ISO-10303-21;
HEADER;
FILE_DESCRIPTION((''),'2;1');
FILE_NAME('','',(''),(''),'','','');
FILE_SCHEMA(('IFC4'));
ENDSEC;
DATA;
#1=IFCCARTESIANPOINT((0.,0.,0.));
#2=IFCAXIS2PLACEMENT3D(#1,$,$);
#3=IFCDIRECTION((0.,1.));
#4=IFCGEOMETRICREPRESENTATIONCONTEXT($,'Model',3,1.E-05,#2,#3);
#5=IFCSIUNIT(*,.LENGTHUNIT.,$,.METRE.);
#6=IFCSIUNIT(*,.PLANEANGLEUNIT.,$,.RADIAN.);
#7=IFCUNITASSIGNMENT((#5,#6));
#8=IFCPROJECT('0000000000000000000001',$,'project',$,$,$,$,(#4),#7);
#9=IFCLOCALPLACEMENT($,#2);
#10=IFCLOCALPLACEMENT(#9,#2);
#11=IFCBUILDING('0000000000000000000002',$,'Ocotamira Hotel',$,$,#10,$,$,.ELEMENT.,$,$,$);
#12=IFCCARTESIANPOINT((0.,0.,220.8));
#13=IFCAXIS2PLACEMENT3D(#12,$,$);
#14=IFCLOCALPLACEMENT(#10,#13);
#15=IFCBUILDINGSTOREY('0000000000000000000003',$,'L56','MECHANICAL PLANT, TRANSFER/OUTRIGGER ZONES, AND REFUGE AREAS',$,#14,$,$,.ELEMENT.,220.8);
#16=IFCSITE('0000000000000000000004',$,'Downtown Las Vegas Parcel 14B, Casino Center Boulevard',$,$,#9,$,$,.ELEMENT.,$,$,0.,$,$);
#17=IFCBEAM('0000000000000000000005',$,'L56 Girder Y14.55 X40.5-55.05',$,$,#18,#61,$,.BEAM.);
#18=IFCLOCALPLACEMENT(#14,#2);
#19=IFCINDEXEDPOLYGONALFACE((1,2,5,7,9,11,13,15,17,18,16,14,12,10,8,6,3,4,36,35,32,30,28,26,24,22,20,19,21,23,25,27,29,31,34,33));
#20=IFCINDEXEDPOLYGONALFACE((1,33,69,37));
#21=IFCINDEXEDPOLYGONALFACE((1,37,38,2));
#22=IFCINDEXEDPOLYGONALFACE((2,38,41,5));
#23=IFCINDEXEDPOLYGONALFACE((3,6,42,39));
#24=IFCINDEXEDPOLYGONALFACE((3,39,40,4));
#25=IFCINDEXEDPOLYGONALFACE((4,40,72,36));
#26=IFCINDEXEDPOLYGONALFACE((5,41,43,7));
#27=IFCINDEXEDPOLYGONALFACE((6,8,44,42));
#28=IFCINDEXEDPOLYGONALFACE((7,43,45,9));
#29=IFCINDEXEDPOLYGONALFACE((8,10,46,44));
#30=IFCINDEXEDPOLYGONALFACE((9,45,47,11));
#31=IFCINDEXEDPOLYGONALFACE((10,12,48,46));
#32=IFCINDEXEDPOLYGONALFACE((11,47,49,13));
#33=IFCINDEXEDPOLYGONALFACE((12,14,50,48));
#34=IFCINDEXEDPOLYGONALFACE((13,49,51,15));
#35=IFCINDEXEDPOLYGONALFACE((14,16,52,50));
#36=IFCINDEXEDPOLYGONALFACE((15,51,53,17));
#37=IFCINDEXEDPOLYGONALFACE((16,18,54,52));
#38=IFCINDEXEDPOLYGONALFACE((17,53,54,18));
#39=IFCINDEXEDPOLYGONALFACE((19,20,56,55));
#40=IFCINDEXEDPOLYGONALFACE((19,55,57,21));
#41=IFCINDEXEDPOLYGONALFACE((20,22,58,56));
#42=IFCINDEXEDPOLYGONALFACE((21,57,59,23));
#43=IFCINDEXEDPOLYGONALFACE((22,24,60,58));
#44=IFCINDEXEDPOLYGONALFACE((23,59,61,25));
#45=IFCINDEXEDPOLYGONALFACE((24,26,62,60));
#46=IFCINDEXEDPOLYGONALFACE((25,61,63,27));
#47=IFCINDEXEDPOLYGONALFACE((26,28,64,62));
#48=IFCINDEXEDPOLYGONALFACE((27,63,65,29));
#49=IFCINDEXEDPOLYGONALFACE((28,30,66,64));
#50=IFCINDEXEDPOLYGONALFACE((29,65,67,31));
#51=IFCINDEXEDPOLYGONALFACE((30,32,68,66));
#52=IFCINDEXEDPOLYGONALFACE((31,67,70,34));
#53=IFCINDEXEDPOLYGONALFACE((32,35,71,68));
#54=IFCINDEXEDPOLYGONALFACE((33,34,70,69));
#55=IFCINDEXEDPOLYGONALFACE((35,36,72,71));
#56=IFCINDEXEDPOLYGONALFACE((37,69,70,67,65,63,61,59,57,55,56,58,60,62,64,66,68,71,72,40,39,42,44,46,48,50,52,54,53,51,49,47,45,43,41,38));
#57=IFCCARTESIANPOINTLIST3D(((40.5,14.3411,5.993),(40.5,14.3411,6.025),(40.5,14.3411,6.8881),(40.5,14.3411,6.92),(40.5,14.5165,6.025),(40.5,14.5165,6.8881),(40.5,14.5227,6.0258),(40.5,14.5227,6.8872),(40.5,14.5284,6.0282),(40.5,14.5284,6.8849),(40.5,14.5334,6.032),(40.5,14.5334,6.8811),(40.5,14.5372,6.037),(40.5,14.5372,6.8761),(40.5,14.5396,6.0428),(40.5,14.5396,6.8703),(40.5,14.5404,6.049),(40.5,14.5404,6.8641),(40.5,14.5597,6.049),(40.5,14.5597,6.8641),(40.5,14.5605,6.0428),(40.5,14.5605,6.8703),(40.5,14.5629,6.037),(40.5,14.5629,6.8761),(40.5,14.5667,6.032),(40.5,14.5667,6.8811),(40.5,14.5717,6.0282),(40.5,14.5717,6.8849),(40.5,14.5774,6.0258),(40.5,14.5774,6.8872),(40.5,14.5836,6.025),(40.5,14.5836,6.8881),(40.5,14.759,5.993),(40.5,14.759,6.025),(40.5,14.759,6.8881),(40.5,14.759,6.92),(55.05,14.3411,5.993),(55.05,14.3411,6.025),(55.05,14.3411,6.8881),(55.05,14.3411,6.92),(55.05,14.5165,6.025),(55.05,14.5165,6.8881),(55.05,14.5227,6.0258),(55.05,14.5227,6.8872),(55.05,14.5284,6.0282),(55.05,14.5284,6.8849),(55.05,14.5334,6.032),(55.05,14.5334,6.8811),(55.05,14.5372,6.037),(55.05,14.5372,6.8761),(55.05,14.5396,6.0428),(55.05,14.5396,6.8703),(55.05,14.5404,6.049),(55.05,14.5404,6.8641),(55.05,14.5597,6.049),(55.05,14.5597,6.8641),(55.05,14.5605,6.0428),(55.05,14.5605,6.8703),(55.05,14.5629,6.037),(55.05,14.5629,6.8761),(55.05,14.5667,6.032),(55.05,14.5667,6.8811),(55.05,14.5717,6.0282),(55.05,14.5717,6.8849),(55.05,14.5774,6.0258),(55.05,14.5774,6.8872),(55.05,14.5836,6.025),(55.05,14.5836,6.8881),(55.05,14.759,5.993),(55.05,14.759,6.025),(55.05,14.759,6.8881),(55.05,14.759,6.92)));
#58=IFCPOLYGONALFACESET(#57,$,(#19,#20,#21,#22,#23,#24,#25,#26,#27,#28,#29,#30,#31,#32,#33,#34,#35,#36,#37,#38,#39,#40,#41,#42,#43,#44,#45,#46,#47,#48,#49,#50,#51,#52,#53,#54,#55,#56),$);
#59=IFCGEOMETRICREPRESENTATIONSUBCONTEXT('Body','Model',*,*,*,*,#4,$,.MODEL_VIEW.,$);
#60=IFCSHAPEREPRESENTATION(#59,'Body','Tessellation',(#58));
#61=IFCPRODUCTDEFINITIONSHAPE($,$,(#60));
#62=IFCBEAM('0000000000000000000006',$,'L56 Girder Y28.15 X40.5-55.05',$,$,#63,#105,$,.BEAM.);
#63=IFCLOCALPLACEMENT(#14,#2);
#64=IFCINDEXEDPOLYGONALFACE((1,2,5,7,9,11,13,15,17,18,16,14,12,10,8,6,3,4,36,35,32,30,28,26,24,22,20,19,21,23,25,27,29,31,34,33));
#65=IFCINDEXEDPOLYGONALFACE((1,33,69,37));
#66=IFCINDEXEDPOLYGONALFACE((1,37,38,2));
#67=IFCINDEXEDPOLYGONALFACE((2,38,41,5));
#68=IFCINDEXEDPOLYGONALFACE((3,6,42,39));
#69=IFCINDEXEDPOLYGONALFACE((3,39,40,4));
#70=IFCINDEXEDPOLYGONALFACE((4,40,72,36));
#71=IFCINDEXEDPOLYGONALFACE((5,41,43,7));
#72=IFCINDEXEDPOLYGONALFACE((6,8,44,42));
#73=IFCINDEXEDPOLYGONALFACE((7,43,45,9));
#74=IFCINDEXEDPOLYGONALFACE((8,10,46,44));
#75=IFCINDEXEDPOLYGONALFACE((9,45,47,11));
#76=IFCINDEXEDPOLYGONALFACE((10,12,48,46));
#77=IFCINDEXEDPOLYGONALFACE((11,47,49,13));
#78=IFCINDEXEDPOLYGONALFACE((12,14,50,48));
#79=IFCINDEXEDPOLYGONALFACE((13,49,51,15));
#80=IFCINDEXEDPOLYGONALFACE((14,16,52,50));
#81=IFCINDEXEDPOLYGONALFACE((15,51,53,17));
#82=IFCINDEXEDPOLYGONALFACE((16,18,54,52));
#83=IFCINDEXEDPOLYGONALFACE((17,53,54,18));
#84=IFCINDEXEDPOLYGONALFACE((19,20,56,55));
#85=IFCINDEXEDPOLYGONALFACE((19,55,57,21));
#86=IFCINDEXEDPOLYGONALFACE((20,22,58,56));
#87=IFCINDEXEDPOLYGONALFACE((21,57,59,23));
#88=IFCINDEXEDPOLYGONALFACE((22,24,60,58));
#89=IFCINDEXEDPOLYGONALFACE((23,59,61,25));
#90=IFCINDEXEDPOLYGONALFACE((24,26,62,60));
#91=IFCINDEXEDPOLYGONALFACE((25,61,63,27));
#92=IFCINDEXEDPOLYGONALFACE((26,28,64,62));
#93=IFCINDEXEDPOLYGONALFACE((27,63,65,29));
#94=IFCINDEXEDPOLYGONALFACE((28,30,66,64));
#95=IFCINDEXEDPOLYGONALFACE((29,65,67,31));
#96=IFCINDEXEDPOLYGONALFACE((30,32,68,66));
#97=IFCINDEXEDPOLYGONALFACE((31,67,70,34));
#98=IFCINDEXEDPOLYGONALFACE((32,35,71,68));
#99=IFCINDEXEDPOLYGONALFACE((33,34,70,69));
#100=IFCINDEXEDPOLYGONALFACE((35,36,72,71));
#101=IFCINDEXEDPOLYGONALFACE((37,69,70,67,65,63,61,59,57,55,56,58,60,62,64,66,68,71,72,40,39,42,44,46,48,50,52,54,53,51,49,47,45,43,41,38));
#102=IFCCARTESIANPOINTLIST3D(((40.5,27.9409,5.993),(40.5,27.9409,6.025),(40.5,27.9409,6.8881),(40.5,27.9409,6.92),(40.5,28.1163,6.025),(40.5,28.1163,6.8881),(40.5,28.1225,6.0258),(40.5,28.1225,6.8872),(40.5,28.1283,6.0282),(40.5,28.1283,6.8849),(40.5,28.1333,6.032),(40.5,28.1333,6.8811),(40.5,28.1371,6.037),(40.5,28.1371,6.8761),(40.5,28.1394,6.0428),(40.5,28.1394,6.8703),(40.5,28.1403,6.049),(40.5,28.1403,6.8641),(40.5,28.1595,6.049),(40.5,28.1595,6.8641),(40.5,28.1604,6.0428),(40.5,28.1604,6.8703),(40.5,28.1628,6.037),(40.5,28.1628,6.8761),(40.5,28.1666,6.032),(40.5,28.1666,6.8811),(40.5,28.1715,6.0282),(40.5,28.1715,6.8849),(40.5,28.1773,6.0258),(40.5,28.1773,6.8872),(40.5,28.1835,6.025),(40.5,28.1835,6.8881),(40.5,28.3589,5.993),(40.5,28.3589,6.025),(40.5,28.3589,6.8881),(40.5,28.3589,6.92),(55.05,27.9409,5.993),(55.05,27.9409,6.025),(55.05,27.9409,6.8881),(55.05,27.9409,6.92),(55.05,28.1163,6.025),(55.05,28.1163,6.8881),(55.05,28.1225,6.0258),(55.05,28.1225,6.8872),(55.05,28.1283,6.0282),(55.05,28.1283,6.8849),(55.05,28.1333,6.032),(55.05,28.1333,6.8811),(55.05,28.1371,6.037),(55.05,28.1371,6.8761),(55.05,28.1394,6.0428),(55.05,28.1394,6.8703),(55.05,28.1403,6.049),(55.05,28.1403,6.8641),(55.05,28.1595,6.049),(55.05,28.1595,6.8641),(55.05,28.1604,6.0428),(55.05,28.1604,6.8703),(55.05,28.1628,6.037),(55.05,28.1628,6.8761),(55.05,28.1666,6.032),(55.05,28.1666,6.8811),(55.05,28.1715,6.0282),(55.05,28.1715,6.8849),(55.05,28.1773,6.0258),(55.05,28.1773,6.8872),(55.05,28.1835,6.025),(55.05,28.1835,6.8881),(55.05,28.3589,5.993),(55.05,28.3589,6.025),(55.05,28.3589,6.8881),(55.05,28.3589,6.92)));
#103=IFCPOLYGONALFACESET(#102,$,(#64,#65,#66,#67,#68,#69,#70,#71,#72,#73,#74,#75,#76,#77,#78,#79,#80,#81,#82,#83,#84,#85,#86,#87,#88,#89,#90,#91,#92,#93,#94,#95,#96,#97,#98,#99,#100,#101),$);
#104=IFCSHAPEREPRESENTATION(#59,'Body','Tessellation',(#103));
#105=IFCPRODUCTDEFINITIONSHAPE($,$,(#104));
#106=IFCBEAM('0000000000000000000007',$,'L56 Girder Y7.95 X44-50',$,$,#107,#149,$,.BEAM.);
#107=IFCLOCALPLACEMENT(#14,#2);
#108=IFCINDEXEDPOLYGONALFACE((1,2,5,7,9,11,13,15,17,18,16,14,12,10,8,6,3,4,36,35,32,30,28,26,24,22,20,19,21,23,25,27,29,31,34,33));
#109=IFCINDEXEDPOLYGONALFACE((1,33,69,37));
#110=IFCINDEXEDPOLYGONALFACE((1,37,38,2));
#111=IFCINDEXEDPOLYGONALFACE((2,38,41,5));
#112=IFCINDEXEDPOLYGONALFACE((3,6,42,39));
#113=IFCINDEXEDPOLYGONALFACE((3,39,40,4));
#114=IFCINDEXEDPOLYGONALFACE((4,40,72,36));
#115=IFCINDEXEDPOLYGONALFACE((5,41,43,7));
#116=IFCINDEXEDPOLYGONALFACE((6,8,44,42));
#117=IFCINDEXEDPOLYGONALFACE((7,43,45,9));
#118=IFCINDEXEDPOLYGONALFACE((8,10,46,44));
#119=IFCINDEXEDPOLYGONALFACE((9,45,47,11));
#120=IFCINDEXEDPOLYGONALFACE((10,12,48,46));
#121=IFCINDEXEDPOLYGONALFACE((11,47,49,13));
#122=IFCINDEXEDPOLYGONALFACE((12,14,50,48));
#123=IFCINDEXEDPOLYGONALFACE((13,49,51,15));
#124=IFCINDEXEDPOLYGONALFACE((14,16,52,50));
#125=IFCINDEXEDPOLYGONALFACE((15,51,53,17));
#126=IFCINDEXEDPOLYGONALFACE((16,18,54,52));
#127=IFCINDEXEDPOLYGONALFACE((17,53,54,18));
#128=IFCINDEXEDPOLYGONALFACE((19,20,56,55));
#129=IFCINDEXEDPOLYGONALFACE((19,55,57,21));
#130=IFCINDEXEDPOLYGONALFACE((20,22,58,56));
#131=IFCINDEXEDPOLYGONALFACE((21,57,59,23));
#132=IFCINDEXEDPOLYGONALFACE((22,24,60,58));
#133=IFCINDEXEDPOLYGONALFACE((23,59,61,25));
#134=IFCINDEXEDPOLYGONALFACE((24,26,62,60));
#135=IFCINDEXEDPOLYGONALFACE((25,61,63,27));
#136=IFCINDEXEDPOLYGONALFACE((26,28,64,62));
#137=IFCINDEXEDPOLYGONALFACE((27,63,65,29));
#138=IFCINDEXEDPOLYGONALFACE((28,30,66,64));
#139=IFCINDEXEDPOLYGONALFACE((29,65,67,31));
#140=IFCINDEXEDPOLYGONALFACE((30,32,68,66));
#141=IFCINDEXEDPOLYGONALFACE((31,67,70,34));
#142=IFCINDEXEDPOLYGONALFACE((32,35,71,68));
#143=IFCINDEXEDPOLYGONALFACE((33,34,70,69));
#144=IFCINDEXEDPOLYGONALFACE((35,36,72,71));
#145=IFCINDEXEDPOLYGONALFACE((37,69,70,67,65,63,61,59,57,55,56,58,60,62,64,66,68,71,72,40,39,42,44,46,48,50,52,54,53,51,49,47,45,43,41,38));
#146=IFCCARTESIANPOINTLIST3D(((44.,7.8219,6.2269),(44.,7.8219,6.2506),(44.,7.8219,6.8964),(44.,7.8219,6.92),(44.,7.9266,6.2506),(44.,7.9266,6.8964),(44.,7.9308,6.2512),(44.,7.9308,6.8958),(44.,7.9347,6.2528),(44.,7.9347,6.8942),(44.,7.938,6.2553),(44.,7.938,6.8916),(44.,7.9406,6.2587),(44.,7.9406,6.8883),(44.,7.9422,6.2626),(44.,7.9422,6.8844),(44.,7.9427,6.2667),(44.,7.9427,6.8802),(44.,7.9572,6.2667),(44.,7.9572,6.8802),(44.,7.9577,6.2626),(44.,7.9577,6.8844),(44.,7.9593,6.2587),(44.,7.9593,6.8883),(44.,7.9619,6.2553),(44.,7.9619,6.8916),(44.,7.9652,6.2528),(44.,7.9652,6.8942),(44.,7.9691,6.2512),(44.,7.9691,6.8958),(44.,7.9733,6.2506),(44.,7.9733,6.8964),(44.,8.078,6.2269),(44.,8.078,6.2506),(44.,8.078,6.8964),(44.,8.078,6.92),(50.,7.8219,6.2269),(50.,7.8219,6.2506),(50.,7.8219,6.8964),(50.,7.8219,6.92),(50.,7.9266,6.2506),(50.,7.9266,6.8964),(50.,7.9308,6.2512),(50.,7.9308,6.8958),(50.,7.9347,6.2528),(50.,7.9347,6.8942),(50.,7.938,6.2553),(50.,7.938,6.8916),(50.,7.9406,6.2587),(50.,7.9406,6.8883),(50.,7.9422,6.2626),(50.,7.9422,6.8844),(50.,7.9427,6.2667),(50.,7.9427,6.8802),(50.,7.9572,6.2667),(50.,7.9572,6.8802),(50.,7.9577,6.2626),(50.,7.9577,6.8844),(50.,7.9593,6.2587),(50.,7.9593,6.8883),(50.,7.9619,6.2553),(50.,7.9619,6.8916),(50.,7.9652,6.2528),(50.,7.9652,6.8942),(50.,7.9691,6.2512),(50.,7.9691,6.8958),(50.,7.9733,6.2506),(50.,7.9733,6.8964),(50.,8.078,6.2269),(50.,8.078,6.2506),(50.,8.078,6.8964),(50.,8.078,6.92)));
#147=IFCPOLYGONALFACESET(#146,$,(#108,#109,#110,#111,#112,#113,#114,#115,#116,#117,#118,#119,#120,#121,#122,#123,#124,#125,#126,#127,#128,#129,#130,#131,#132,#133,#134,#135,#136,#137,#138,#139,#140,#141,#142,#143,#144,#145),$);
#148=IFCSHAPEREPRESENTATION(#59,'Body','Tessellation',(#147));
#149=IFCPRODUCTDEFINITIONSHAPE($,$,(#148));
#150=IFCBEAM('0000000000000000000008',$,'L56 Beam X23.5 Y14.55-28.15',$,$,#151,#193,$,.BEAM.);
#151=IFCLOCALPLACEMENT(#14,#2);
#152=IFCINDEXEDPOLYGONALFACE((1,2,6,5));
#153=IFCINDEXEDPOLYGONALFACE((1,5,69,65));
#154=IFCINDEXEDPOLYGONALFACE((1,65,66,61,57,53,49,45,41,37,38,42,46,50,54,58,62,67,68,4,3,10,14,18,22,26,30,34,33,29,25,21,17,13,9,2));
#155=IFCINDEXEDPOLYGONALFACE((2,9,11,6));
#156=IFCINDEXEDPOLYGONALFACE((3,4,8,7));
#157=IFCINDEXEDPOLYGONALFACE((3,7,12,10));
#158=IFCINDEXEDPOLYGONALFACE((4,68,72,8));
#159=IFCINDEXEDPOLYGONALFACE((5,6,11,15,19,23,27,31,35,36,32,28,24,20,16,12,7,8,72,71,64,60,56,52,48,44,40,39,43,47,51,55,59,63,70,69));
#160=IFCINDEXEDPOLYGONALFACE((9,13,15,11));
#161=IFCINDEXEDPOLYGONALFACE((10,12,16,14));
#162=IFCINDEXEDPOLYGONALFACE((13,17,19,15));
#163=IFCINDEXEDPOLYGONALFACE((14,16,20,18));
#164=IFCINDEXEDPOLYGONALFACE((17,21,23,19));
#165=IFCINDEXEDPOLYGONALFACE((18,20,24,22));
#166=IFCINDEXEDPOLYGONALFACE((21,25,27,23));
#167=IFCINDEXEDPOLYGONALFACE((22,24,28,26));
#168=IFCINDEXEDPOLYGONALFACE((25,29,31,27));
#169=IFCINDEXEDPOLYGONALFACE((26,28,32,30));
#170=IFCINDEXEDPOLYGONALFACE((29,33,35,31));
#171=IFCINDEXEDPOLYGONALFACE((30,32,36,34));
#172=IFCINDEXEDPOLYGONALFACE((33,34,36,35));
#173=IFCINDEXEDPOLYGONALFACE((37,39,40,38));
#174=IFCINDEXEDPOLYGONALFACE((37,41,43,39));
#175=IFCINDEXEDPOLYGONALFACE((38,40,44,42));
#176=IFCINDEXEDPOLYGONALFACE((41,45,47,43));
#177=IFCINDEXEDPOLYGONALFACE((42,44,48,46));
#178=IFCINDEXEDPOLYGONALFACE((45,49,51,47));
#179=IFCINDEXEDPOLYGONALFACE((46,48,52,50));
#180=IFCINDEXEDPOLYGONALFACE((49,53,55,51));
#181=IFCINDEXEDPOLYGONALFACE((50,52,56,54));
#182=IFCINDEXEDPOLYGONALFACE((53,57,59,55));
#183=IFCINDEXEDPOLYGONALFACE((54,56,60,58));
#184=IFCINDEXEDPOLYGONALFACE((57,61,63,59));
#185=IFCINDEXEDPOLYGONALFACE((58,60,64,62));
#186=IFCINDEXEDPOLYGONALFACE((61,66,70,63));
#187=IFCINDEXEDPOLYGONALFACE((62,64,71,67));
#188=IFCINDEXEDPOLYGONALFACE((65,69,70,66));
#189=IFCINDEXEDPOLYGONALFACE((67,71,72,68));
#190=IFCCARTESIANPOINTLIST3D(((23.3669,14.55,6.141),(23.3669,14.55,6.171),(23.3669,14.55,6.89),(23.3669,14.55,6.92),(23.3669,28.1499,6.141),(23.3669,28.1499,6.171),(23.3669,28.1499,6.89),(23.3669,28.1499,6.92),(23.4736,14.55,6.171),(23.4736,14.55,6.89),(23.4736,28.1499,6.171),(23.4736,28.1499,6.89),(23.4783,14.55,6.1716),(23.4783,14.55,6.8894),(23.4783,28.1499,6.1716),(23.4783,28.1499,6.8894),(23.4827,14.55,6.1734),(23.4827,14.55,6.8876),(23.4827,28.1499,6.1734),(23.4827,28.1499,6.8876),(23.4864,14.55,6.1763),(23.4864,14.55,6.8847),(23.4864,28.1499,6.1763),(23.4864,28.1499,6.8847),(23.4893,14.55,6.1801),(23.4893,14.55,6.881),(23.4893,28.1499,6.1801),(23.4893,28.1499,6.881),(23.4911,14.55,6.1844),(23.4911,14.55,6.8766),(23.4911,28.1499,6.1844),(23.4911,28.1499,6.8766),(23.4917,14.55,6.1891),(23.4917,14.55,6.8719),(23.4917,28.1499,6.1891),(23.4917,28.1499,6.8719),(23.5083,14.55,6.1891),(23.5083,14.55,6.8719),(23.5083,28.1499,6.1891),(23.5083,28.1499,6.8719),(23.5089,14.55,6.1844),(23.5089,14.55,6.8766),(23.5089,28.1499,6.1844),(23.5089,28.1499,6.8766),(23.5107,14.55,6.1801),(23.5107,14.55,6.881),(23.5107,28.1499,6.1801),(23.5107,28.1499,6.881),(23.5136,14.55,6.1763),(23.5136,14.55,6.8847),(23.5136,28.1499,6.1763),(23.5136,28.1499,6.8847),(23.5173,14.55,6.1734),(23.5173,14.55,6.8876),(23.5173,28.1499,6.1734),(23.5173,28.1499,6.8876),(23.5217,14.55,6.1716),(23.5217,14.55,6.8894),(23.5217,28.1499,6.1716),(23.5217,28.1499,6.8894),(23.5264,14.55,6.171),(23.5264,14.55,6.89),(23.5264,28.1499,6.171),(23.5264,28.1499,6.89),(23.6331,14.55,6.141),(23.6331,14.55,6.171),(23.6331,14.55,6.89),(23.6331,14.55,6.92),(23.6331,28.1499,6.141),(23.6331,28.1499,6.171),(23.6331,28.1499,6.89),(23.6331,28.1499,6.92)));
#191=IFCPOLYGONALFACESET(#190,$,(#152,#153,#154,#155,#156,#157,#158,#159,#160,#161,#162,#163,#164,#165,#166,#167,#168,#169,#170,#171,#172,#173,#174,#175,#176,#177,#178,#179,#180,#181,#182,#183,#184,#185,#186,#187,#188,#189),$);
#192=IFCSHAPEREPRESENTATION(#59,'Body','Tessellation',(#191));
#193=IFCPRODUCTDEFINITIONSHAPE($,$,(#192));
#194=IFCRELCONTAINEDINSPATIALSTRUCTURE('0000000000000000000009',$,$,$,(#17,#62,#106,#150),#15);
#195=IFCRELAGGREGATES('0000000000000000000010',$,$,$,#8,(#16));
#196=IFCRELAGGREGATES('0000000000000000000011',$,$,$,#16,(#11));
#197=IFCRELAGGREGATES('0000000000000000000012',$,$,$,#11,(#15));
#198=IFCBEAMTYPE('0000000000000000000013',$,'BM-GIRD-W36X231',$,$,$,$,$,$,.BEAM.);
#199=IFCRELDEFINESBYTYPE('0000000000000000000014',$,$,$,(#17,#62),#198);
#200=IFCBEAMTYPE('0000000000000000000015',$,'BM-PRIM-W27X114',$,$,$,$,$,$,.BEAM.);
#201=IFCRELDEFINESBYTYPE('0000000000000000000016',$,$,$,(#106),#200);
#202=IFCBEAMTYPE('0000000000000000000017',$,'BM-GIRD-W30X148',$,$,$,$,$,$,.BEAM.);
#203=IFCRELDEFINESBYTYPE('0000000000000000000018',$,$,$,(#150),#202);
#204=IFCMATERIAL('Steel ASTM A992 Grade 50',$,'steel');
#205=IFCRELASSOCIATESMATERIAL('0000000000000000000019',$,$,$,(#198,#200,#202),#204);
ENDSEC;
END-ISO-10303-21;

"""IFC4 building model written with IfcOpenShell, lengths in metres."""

from ifc_helpers import new_model, si_unit, direction, frame, origin, origin_2d, place, context, subcontext, project, spatial, i_section, extrude, source, transform, mapped, material, material_profile, profile_set, type_object, element, save


model = new_model("IFC4")

# Units and contexts
model_context = context("Model", 3, precision=1e-05, world=origin(), true_north=direction((0.0, 1.0)))
body_context = subcontext(model_context, "Body", "Model", "MODEL_VIEW")
ifc_project = project(units=[si_unit("LENGTHUNIT", "METRE"), si_unit("PLANEANGLEUNIT", "RADIAN")], contexts=[model_context])

# Site, building, storey
site_placement = place(None, origin())
site = spatial("IfcSite", under=ifc_project, at=site_placement, Name="Downtown Las Vegas Parcel 14B, Casino Center Boulevard", CompositionType="ELEMENT", RefElevation=0.0)
building_placement = place(site_placement, origin())
building = spatial("IfcBuilding", under=site, at=building_placement, Name="Ocotamira Hotel", CompositionType="ELEMENT")
storey_placement = place(building_placement, frame((0.0, 0.0, 220.8)))
storey = spatial("IfcBuildingStorey", under=building, at=storey_placement, Name="L56", Description="MECHANICAL PLANT, TRANSFER/OUTRIGGER ZONES, AND REFUGE AREAS", CompositionType="ELEMENT", Elevation=220.8)

# Beams
ifc_material_1 = material(Name="Steel ASTM A992 Grade 50", Category="steel")
ifc_material_profile_1 = material_profile(ifc_material_1, i_section(OverallWidth=0.418, OverallDepth=0.927, WebThickness=0.0193, FlangeThickness=0.032, FilletRadius=0.0239, at=origin_2d()), Name="W36X231")
ifc_profile_set_1 = profile_set([ifc_material_profile_1], Name="Steel ASTM A992 Grade 50")
beam_type_1 = type_object("IfcBeamType", Name="BM-GIRD-W36X231", PredefinedType="BEAM", material=ifc_profile_set_1)
shared_shape_1 = source(origin(), body_context, "Body", "SweptSolid", [
    extrude(i_section(OverallWidth=0.418, OverallDepth=0.927, WebThickness=0.0193, FlangeThickness=0.032, FilletRadius=0.0239, at=origin_2d()), origin(), (0.0, 0.0, 1.0), 14.55),
])
for number, where, z_axis, x_axis, name in (
    (1, (40.5, 14.55, 6.4565), (1.0, 0.0, 0.0), (0.0, 1.0, 0.0), "L56 Girder Y14.55 X40.5-55.05"),
    (2, (40.5, 28.1499, 6.4565), (1.0, 0.0, 0.0), (0.0, 1.0, 0.0), "L56 Girder Y28.15 X40.5-55.05"),
):
    element("IfcBeam", number, at=place(storey_placement, frame(where, z_axis=z_axis, x_axis=x_axis)), inside=storey, type_object=beam_type_1, Name=name, PredefinedType="BEAM", context=body_context, shape_type="MappedRepresentation", body=[
        mapped(shared_shape_1, transform((0.0, 0.0, 0.0), scale=1.0)),
    ])
ifc_material_profile_2 = material_profile(ifc_material_1, i_section(OverallWidth=0.2561, OverallDepth=0.6931, WebThickness=0.0144, FlangeThickness=0.0237, FilletRadius=0.0161, at=origin_2d()), Name="W27X114")
ifc_profile_set_2 = profile_set([ifc_material_profile_2], Name="Steel ASTM A992 Grade 50")
beam_type_2 = type_object("IfcBeamType", Name="BM-PRIM-W27X114", PredefinedType="BEAM", material=ifc_profile_set_2)
shared_shape_2 = source(origin(), body_context, "Body", "SweptSolid", [
    extrude(i_section(OverallWidth=0.2561, OverallDepth=0.6931, WebThickness=0.0144, FlangeThickness=0.0237, FilletRadius=0.0161, at=origin_2d()), origin(), (0.0, 0.0, 1.0), 6.0),
])
beam_1_placement = place(storey_placement, frame((44.0, 7.95, 6.5735), z_axis=(1.0, 0.0, 0.0), x_axis=(0.0, 1.0, 0.0)))
element("IfcBeam", 3, at=beam_1_placement, inside=storey, type_object=beam_type_2, Name="L56 Girder Y7.95 X44-50", PredefinedType="BEAM", context=body_context, shape_type="MappedRepresentation", body=[
    mapped(shared_shape_2, transform((0.0, 0.0, 0.0), scale=1.0)),
])
ifc_material_profile_3 = material_profile(ifc_material_1, i_section(OverallWidth=0.2661, OverallDepth=0.7791, WebThickness=0.0166, FlangeThickness=0.03, FilletRadius=0.0181, at=origin_2d()), Name="W30X148")
ifc_profile_set_3 = profile_set([ifc_material_profile_3], Name="Steel ASTM A992 Grade 50")
beam_type_3 = type_object("IfcBeamType", Name="BM-GIRD-W30X148", PredefinedType="BEAM", material=ifc_profile_set_3)
shared_shape_3 = source(origin(), body_context, "Body", "SweptSolid", [
    extrude(i_section(OverallWidth=0.2661, OverallDepth=0.7791, WebThickness=0.0166, FlangeThickness=0.03, FilletRadius=0.0181, at=origin_2d()), origin(), (0.0, 0.0, 1.0), 13.5999),
])
for number, where, z_axis, x_axis, name in (
    (4, (23.5, 14.55, 6.5305), (0.0, 1.0, 0.0), (-1.0, 0.0, 0.0), "L56 Beam X23.5 Y14.55-28.15"),
):
    element("IfcBeam", number, at=place(storey_placement, frame(where, z_axis=z_axis, x_axis=x_axis)), inside=storey, type_object=beam_type_3, Name=name, PredefinedType="BEAM", context=body_context, shape_type="MappedRepresentation", body=[
        mapped(shared_shape_3, transform((0.0, 0.0, 0.0), scale=1.0)),
    ])

save(model, "model.ifc")
